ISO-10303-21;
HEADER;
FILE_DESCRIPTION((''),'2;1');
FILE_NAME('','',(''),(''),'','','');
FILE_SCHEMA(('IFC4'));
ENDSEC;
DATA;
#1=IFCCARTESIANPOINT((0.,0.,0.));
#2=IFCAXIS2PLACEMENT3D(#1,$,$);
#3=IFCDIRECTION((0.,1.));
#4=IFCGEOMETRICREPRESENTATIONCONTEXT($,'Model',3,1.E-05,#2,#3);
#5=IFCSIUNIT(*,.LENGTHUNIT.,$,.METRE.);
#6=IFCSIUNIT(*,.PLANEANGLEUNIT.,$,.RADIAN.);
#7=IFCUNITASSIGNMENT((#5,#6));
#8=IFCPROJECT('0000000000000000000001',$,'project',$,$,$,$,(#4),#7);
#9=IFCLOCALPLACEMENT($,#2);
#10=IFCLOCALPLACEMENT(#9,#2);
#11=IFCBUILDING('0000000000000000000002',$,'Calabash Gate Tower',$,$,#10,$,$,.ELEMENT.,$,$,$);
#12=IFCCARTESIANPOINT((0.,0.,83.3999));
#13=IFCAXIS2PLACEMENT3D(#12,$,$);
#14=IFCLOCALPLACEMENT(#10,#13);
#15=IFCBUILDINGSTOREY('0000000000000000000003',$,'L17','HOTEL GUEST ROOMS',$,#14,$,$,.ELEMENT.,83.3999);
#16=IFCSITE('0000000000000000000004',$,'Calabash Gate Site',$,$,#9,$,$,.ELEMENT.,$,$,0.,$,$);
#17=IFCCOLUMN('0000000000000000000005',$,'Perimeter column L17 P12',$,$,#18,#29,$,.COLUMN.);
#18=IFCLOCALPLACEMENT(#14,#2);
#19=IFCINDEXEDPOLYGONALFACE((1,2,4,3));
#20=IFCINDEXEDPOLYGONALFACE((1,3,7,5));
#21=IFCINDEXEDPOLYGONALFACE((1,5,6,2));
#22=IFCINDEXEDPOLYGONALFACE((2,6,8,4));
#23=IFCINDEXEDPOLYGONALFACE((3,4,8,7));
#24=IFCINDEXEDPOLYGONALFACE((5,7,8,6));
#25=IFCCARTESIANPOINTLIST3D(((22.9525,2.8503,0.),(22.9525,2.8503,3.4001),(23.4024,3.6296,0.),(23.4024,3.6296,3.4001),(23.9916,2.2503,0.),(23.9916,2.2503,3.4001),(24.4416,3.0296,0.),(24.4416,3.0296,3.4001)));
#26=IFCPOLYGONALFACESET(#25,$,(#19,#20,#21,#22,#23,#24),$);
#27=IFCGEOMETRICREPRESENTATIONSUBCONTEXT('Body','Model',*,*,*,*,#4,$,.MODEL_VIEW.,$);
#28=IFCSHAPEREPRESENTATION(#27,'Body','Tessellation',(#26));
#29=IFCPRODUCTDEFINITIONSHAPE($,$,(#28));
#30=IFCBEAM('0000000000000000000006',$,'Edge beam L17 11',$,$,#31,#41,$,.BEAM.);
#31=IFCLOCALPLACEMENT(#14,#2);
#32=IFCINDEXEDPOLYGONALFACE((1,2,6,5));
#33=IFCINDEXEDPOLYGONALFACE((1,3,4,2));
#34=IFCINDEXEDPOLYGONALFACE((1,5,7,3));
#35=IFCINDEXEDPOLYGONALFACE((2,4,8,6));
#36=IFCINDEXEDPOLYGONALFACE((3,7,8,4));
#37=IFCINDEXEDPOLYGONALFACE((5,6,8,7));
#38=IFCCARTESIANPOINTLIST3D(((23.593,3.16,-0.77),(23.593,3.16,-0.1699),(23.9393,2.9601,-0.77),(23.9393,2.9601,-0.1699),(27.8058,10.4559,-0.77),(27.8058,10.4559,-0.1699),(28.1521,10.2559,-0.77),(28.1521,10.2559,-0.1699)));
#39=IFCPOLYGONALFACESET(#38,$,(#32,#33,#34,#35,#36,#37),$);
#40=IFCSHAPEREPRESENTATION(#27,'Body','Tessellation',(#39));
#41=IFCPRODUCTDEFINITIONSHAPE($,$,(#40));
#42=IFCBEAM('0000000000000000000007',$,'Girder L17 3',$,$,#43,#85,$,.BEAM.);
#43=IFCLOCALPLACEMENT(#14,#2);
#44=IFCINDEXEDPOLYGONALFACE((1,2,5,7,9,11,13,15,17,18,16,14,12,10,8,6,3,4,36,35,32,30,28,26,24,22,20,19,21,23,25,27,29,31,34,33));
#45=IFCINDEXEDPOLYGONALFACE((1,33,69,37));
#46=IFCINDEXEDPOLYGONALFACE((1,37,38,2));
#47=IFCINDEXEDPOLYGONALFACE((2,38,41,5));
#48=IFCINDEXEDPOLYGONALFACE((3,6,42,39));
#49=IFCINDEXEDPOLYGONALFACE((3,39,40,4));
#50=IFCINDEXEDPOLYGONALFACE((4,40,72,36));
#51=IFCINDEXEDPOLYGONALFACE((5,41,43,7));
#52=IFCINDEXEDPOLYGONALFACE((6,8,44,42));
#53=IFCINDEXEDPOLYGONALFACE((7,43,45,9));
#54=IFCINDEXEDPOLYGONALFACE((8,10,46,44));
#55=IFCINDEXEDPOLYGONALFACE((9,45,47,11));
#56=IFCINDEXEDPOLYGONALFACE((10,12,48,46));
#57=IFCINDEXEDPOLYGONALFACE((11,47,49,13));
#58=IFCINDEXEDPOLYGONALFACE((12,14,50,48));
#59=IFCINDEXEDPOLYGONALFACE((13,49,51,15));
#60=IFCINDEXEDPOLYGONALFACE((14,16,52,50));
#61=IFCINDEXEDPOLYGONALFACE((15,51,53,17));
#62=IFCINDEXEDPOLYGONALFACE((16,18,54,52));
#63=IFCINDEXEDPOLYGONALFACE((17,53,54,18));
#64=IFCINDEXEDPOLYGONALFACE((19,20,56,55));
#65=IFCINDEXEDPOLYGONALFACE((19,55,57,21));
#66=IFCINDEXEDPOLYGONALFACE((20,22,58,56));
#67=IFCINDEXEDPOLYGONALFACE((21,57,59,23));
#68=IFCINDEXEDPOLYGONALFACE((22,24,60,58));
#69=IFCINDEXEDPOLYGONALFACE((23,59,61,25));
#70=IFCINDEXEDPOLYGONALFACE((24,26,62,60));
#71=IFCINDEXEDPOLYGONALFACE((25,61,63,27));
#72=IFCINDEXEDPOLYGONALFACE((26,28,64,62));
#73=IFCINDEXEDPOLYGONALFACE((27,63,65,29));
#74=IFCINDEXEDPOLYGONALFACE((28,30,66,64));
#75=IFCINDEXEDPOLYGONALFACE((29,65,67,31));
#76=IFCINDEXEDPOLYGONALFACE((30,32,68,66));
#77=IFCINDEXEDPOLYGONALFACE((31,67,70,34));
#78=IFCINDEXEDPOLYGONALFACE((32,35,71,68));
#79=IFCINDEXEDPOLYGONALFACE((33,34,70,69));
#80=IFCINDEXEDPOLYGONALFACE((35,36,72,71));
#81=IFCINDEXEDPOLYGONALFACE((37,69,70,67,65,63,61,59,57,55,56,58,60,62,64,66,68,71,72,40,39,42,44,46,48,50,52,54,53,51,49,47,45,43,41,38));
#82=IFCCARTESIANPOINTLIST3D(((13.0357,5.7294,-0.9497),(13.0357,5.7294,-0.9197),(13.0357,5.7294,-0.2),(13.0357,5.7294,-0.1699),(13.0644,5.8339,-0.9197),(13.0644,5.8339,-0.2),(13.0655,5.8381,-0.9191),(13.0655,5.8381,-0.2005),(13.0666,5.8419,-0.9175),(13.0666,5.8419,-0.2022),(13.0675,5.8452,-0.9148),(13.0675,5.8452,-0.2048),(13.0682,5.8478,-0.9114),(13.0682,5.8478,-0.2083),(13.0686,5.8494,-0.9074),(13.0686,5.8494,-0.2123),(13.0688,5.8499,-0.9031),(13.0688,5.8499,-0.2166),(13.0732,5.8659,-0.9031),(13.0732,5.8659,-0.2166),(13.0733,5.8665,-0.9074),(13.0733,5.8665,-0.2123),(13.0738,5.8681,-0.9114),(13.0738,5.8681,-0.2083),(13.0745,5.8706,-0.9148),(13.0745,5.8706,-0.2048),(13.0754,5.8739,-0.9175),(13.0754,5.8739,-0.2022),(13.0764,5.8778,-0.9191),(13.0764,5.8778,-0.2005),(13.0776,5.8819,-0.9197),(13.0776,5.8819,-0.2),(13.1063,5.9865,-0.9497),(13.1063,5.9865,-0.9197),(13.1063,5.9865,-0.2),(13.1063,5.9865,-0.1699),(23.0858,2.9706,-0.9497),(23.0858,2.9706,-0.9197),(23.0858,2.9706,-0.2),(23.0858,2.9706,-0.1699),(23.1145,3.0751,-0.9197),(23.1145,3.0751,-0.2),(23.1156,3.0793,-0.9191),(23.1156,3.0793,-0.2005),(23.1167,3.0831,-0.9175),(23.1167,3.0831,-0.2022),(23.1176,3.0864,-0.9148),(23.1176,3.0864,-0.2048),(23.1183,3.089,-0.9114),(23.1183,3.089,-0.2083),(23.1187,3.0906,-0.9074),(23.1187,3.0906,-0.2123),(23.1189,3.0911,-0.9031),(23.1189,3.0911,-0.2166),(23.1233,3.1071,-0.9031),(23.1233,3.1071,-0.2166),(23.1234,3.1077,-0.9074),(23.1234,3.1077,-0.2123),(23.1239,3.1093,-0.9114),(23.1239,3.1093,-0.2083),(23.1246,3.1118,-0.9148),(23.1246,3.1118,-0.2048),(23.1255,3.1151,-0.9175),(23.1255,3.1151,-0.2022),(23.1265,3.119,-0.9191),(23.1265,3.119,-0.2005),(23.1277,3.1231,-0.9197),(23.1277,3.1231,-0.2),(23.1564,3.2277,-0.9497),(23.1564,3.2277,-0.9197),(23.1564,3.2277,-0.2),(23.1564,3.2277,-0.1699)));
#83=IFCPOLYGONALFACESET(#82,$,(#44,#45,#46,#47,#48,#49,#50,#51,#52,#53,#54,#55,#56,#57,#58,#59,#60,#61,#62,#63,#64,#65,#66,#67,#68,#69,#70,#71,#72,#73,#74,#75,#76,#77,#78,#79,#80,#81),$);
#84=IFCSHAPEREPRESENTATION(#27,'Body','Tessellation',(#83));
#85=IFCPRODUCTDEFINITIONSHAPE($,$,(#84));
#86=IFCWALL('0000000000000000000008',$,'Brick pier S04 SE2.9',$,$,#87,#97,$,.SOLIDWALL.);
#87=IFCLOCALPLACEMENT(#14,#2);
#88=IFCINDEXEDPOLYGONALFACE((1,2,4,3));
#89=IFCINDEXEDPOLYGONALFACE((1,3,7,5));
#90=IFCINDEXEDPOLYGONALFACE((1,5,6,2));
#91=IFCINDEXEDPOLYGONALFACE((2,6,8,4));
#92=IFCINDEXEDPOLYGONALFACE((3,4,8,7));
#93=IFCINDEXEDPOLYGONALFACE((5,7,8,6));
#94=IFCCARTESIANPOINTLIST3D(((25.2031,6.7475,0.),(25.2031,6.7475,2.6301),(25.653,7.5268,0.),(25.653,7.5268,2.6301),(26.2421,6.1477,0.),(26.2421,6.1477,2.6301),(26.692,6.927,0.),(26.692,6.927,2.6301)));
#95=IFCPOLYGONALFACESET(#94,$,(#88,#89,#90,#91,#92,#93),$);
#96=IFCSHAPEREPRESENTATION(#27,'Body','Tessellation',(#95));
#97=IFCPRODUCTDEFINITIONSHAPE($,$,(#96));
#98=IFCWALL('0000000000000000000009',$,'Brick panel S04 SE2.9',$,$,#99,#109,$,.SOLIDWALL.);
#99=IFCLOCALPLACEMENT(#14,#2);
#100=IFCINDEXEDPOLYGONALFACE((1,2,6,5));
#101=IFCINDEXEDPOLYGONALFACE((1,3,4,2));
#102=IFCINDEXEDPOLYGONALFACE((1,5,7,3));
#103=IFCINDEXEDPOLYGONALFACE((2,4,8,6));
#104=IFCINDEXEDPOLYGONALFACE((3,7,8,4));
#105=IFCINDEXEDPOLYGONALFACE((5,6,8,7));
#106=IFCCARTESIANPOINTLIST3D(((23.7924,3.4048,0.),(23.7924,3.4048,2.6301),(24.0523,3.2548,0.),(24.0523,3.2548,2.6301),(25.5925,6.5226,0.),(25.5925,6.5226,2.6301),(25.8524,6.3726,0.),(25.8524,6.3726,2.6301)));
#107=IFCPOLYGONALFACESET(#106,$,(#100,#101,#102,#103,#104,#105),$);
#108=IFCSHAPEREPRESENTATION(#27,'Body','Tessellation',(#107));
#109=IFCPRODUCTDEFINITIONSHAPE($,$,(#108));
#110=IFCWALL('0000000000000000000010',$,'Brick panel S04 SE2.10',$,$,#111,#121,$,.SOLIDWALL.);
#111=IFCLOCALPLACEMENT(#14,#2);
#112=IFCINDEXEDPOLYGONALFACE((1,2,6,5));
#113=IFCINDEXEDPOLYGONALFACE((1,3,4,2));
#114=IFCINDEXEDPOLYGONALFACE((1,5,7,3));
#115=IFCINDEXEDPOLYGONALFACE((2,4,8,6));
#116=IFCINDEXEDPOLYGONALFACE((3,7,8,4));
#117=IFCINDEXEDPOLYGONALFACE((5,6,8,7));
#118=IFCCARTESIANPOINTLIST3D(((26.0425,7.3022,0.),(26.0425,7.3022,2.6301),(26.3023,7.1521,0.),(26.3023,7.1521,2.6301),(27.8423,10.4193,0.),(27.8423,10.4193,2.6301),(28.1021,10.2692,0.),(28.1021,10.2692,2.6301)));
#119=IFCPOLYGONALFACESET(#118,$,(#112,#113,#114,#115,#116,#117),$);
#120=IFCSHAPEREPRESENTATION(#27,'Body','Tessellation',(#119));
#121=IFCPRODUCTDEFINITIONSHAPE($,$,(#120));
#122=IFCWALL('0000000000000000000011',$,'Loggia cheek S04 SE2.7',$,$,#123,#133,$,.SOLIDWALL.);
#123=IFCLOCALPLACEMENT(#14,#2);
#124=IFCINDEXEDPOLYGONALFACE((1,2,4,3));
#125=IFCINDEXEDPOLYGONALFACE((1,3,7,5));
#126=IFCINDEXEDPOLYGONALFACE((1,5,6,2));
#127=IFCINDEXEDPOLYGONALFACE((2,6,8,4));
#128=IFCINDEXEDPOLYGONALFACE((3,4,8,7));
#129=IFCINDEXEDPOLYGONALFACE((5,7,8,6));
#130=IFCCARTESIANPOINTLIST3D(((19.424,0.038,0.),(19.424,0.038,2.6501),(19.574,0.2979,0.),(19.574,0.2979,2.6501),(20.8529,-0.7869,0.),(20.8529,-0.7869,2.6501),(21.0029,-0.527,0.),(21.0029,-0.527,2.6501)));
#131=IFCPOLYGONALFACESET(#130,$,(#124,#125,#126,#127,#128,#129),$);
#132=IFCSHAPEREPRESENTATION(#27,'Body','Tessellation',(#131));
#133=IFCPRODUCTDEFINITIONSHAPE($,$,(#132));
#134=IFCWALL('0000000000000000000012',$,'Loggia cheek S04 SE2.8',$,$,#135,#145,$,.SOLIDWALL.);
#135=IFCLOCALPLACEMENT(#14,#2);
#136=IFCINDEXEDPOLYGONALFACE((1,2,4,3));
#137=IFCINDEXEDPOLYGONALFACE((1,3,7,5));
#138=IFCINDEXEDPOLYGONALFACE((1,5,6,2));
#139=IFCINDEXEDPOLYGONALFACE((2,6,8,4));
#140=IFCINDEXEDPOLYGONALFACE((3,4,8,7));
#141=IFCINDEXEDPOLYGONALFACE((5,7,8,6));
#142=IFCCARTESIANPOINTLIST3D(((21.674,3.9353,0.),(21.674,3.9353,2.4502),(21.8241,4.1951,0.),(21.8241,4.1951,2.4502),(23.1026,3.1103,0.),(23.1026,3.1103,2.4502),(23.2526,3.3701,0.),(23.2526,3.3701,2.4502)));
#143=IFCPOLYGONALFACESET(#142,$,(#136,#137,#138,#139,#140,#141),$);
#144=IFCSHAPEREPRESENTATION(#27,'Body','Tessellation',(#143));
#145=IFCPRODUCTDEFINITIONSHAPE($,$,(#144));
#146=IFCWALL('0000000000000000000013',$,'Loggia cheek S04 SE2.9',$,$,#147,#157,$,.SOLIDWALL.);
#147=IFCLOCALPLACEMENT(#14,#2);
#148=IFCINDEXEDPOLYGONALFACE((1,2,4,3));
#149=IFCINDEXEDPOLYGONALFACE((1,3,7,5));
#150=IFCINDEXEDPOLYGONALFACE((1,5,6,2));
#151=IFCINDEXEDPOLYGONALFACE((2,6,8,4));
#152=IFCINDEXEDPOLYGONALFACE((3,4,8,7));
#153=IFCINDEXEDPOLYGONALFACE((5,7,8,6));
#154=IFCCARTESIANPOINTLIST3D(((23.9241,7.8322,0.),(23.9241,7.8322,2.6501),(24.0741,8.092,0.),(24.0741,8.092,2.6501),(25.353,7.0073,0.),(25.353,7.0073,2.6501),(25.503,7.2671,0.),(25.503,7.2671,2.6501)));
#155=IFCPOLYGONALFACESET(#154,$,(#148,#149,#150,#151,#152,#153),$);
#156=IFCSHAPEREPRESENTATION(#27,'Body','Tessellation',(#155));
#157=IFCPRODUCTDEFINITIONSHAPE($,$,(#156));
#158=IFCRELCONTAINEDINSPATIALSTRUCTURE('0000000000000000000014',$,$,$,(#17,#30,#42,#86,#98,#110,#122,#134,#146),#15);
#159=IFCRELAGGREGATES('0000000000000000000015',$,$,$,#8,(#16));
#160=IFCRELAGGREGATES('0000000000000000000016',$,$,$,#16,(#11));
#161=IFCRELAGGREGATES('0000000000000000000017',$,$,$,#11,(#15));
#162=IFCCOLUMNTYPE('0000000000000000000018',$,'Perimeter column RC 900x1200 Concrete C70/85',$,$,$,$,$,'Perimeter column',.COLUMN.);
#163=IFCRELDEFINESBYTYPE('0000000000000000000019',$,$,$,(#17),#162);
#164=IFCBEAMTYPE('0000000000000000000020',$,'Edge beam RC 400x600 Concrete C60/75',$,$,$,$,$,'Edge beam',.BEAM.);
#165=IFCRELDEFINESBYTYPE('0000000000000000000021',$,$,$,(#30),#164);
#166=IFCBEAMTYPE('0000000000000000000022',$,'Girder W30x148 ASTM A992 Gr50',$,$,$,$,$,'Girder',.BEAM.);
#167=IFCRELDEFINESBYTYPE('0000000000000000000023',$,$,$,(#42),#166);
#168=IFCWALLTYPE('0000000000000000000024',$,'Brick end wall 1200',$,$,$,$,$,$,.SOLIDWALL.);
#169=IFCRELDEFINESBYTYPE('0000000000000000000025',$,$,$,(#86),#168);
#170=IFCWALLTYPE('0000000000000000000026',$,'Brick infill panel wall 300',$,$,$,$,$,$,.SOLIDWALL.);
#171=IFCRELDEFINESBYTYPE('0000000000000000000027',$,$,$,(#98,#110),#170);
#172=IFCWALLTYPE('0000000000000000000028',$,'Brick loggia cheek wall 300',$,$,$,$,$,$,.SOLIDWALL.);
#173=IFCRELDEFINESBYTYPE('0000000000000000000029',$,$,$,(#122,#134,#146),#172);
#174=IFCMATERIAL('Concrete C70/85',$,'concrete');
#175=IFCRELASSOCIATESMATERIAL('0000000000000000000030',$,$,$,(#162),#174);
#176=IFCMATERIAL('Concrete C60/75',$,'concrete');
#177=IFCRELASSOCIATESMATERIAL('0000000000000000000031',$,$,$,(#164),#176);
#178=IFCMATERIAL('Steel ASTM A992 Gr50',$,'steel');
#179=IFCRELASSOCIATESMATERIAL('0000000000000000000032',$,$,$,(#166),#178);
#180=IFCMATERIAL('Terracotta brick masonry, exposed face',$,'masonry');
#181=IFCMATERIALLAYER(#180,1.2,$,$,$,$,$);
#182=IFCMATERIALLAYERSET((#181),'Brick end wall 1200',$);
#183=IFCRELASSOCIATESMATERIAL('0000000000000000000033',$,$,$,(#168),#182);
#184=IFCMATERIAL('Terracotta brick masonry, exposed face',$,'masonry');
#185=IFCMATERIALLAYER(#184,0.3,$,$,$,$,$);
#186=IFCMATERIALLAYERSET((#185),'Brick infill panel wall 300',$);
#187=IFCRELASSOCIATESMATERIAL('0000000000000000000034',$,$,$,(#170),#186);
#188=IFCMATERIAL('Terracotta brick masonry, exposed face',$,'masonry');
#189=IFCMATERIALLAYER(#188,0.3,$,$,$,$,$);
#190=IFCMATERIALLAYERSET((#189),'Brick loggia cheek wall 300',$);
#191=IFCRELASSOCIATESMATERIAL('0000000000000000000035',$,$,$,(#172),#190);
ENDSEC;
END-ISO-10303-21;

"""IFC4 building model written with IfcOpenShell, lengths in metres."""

from ifc_helpers import new_model, si_unit, direction, frame, frame_2d, origin, origin_2d, place, context, subcontext, project, spatial, rectangle, i_section, extrude, material, layer, layer_set, material_profile, profile_set, type_object, element, save


model = new_model("IFC4")

# Units and contexts
model_context = context("Model", 3, precision=1e-05, world=origin(), true_north=direction((0.0, 1.0)))
body_context = subcontext(model_context, "Body", "Model", "MODEL_VIEW")
ifc_project = project(units=[si_unit("LENGTHUNIT", "METRE"), si_unit("PLANEANGLEUNIT", "RADIAN")], contexts=[model_context])

# Site, building, storey
site_placement = place(None, origin())
site = spatial("IfcSite", under=ifc_project, at=site_placement, Name="Calabash Gate Site", CompositionType="ELEMENT", RefElevation=0.0)
building_placement = place(site_placement, origin())
building = spatial("IfcBuilding", under=site, at=building_placement, Name="Calabash Gate Tower", CompositionType="ELEMENT")
storey_placement = place(building_placement, frame((0.0, 0.0, 83.3999)))
storey = spatial("IfcBuildingStorey", under=building, at=storey_placement, Name="L17", Description="HOTEL GUEST ROOMS", CompositionType="ELEMENT", Elevation=83.3999)

# Column
ifc_material_1 = material(Name="Concrete C70/85", Category="concrete")
ifc_material_profile_1 = material_profile(ifc_material_1, rectangle(XDim=0.8999, YDim=1.2, at=origin_2d()))
ifc_profile_set_1 = profile_set([ifc_material_profile_1], Name="Concrete C70/85")
column_type = type_object("IfcColumnType", Name="Perimeter column RC 900x1200 Concrete C70/85", ElementType="Perimeter column", PredefinedType="COLUMN", material=ifc_profile_set_1)
column_placement = place(storey_placement, frame((23.697, 2.9399, 0.0), z_axis=(0.0, 0.0, 1.0), x_axis=(0.5, 0.866025, 0.0)))
element("IfcColumn", 1, at=column_placement, inside=storey, type_object=column_type, Name="Perimeter column L17 P12", PredefinedType="COLUMN", context=body_context, shape_type="SweptSolid", body=[
    extrude(rectangle(XDim=0.8999, YDim=1.2, at=origin_2d()), origin(), (0.0, 0.0, 1.0), 3.4001),
])

# Beams
ifc_material_2 = material(Name="Concrete C60/75", Category="concrete")
ifc_material_profile_2 = material_profile(ifc_material_2, rectangle(XDim=0.3999, YDim=0.6001, at=origin_2d()))
ifc_profile_set_2 = profile_set([ifc_material_profile_2], Name="Concrete C60/75")
beam_type_1 = type_object("IfcBeamType", Name="Edge beam RC 400x600 Concrete C60/75", ElementType="Edge beam", PredefinedType="BEAM", material=ifc_profile_set_2)
beam_1_placement = place(storey_placement, frame((23.7661, 3.0601, -0.47), z_axis=(0.500054, 0.865994, 0.0), x_axis=(-0.865994, 0.500054, 0.0)))
element("IfcBeam", 2, at=beam_1_placement, inside=storey, type_object=beam_type_1, Name="Edge beam L17 11", PredefinedType="BEAM", context=body_context, shape_type="SweptSolid", body=[
    extrude(rectangle(XDim=0.3999, YDim=0.6001, at=origin_2d()), origin(), (0.0, 0.0, 1.0), 8.4248),
])
ifc_material_3 = material(Name="Steel ASTM A992 Gr50", Category="steel")
ifc_material_profile_3 = material_profile(ifc_material_3, i_section(OverallWidth=0.2666, OverallDepth=0.7798, WebThickness=0.0166, FlangeThickness=0.03, FilletRadius=0.0166, at=origin_2d()))
ifc_profile_set_3 = profile_set([ifc_material_profile_3], Name="Steel ASTM A992 Gr50")
beam_type_2 = type_object("IfcBeamType", Name="Girder W30x148 ASTM A992 Gr50", ElementType="Girder", PredefinedType="BEAM", material=ifc_profile_set_3)
beam_2_placement = place(storey_placement, frame((23.1211, 3.0991, -0.5598), z_axis=(-0.964327, 0.264713, 0.0), x_axis=(-0.264713, -0.964327, 0.0)))
element("IfcBeam", 3, at=beam_2_placement, inside=storey, type_object=beam_type_2, Name="Girder L17 3", PredefinedType="BEAM", context=body_context, shape_type="SweptSolid", body=[
    extrude(i_section(OverallWidth=0.2666, OverallDepth=0.7798, WebThickness=0.0166, FlangeThickness=0.03, FilletRadius=0.0166, at=origin_2d()), origin(), (0.0, 0.0, 1.0), 10.4219),
])

# Walls
ifc_material_4 = material(Name="Terracotta brick masonry, exposed face", Category="masonry")
ifc_layer_1 = layer(ifc_material_4, 1.2)
ifc_layer_set_1 = layer_set([ifc_layer_1], Name="Brick end wall 1200")
wall_type_1 = type_object("IfcWallType", Name="Brick end wall 1200", PredefinedType="SOLIDWALL", material=ifc_layer_set_1)
wall_1_placement = place(storey_placement, frame((26.467, 6.5374, 0.0), z_axis=(0.0, 0.0, 1.0), x_axis=(-0.866043, 0.499969, 0.0)))
element("IfcWall", 4, at=wall_1_placement, inside=storey, type_object=wall_type_1, Name="Brick pier S04 SE2.9", PredefinedType="SOLIDWALL", context=body_context, shape_type="SweptSolid", body=[
    extrude(rectangle(XDim=1.1997, YDim=0.8999, at=frame_2d((0.5999, 0.0))), origin(), (0.0, 0.0, 1.0), 2.6301),
])
ifc_material_5 = material(Name="Terracotta brick masonry, exposed face", Category="masonry")
ifc_layer_2 = layer(ifc_material_5, 0.3)
ifc_layer_set_2 = layer_set([ifc_layer_2], Name="Brick infill panel wall 300")
wall_type_2 = type_object("IfcWallType", Name="Brick infill panel wall 300", PredefinedType="SOLIDWALL", material=ifc_layer_set_2)
wall_2_placement = place(storey_placement, frame((23.9224, 3.3298, 0.0), z_axis=(0.0, 0.0, 1.0), x_axis=(0.500012, 0.866018, 0.0)))
element("IfcWall", 5, at=wall_2_placement, inside=storey, type_object=wall_type_2, Name="Brick panel S04 SE2.9", PredefinedType="SOLIDWALL", context=body_context, shape_type="SweptSolid", body=[
    extrude(rectangle(XDim=3.6001, YDim=0.3, at=frame_2d((1.8, 0.0))), origin(), (0.0, 0.0, 1.0), 2.6301),
])
wall_3_placement = place(storey_placement, frame((26.1724, 7.2271, 0.0), z_axis=(0.0, 0.0, 1.0), x_axis=(0.50002, 0.866014, 0.0)))
element("IfcWall", 6, at=wall_3_placement, inside=storey, type_object=wall_type_2, Name="Brick panel S04 SE2.10", PredefinedType="SOLIDWALL", context=body_context, shape_type="SweptSolid", body=[
    extrude(rectangle(XDim=3.5994, YDim=0.3, at=frame_2d((1.7998, 0.0))), origin(), (0.0, 0.0, 1.0), 2.6301),
])
ifc_material_6 = material(Name="Terracotta brick masonry, exposed face", Category="masonry")
ifc_layer_3 = layer(ifc_material_6, 0.3)
ifc_layer_set_3 = layer_set([ifc_layer_3], Name="Brick loggia cheek wall 300")
wall_type_3 = type_object("IfcWallType", Name="Brick loggia cheek wall 300", PredefinedType="SOLIDWALL", material=ifc_layer_set_3)
wall_4_placement = place(storey_placement, frame((19.499, 0.168, 0.0), z_axis=(0.0, 0.0, 1.0), x_axis=(0.86604, -0.499974, 0.0)))
element("IfcWall", 7, at=wall_4_placement, inside=storey, type_object=wall_type_3, Name="Loggia cheek S04 SE2.7", PredefinedType="SOLIDWALL", context=body_context, shape_type="SweptSolid", body=[
    extrude(rectangle(XDim=1.6499, YDim=0.3, at=frame_2d((0.825, 0.0))), origin(), (0.0, 0.0, 1.0), 2.6501),
])
wall_5_placement = place(storey_placement, frame((23.1775, 3.2402, 0.0), z_axis=(0.0, 0.0, 1.0), x_axis=(-0.865966, 0.500103, 0.0)))
element("IfcWall", 8, at=wall_5_placement, inside=storey, type_object=wall_type_3, Name="Loggia cheek S04 SE2.8", PredefinedType="SOLIDWALL", context=body_context, shape_type="SweptSolid", body=[
    extrude(rectangle(XDim=1.6497, YDim=0.3, at=frame_2d((0.8247, 0.0))), origin(), (0.0, 0.0, 1.0), 2.4502),
])
wall_6_placement = place(storey_placement, frame((25.428, 7.1372, 0.0), z_axis=(0.0, 0.0, 1.0), x_axis=(-0.86604, 0.499974, 0.0)))
element("IfcWall", 9, at=wall_6_placement, inside=storey, type_object=wall_type_3, Name="Loggia cheek S04 SE2.9", PredefinedType="SOLIDWALL", context=body_context, shape_type="SweptSolid", body=[
    extrude(rectangle(XDim=1.6499, YDim=0.3, at=frame_2d((0.825, 0.0))), origin(), (0.0, 0.0, 1.0), 2.6501),
])

save(model, "model.ifc")
